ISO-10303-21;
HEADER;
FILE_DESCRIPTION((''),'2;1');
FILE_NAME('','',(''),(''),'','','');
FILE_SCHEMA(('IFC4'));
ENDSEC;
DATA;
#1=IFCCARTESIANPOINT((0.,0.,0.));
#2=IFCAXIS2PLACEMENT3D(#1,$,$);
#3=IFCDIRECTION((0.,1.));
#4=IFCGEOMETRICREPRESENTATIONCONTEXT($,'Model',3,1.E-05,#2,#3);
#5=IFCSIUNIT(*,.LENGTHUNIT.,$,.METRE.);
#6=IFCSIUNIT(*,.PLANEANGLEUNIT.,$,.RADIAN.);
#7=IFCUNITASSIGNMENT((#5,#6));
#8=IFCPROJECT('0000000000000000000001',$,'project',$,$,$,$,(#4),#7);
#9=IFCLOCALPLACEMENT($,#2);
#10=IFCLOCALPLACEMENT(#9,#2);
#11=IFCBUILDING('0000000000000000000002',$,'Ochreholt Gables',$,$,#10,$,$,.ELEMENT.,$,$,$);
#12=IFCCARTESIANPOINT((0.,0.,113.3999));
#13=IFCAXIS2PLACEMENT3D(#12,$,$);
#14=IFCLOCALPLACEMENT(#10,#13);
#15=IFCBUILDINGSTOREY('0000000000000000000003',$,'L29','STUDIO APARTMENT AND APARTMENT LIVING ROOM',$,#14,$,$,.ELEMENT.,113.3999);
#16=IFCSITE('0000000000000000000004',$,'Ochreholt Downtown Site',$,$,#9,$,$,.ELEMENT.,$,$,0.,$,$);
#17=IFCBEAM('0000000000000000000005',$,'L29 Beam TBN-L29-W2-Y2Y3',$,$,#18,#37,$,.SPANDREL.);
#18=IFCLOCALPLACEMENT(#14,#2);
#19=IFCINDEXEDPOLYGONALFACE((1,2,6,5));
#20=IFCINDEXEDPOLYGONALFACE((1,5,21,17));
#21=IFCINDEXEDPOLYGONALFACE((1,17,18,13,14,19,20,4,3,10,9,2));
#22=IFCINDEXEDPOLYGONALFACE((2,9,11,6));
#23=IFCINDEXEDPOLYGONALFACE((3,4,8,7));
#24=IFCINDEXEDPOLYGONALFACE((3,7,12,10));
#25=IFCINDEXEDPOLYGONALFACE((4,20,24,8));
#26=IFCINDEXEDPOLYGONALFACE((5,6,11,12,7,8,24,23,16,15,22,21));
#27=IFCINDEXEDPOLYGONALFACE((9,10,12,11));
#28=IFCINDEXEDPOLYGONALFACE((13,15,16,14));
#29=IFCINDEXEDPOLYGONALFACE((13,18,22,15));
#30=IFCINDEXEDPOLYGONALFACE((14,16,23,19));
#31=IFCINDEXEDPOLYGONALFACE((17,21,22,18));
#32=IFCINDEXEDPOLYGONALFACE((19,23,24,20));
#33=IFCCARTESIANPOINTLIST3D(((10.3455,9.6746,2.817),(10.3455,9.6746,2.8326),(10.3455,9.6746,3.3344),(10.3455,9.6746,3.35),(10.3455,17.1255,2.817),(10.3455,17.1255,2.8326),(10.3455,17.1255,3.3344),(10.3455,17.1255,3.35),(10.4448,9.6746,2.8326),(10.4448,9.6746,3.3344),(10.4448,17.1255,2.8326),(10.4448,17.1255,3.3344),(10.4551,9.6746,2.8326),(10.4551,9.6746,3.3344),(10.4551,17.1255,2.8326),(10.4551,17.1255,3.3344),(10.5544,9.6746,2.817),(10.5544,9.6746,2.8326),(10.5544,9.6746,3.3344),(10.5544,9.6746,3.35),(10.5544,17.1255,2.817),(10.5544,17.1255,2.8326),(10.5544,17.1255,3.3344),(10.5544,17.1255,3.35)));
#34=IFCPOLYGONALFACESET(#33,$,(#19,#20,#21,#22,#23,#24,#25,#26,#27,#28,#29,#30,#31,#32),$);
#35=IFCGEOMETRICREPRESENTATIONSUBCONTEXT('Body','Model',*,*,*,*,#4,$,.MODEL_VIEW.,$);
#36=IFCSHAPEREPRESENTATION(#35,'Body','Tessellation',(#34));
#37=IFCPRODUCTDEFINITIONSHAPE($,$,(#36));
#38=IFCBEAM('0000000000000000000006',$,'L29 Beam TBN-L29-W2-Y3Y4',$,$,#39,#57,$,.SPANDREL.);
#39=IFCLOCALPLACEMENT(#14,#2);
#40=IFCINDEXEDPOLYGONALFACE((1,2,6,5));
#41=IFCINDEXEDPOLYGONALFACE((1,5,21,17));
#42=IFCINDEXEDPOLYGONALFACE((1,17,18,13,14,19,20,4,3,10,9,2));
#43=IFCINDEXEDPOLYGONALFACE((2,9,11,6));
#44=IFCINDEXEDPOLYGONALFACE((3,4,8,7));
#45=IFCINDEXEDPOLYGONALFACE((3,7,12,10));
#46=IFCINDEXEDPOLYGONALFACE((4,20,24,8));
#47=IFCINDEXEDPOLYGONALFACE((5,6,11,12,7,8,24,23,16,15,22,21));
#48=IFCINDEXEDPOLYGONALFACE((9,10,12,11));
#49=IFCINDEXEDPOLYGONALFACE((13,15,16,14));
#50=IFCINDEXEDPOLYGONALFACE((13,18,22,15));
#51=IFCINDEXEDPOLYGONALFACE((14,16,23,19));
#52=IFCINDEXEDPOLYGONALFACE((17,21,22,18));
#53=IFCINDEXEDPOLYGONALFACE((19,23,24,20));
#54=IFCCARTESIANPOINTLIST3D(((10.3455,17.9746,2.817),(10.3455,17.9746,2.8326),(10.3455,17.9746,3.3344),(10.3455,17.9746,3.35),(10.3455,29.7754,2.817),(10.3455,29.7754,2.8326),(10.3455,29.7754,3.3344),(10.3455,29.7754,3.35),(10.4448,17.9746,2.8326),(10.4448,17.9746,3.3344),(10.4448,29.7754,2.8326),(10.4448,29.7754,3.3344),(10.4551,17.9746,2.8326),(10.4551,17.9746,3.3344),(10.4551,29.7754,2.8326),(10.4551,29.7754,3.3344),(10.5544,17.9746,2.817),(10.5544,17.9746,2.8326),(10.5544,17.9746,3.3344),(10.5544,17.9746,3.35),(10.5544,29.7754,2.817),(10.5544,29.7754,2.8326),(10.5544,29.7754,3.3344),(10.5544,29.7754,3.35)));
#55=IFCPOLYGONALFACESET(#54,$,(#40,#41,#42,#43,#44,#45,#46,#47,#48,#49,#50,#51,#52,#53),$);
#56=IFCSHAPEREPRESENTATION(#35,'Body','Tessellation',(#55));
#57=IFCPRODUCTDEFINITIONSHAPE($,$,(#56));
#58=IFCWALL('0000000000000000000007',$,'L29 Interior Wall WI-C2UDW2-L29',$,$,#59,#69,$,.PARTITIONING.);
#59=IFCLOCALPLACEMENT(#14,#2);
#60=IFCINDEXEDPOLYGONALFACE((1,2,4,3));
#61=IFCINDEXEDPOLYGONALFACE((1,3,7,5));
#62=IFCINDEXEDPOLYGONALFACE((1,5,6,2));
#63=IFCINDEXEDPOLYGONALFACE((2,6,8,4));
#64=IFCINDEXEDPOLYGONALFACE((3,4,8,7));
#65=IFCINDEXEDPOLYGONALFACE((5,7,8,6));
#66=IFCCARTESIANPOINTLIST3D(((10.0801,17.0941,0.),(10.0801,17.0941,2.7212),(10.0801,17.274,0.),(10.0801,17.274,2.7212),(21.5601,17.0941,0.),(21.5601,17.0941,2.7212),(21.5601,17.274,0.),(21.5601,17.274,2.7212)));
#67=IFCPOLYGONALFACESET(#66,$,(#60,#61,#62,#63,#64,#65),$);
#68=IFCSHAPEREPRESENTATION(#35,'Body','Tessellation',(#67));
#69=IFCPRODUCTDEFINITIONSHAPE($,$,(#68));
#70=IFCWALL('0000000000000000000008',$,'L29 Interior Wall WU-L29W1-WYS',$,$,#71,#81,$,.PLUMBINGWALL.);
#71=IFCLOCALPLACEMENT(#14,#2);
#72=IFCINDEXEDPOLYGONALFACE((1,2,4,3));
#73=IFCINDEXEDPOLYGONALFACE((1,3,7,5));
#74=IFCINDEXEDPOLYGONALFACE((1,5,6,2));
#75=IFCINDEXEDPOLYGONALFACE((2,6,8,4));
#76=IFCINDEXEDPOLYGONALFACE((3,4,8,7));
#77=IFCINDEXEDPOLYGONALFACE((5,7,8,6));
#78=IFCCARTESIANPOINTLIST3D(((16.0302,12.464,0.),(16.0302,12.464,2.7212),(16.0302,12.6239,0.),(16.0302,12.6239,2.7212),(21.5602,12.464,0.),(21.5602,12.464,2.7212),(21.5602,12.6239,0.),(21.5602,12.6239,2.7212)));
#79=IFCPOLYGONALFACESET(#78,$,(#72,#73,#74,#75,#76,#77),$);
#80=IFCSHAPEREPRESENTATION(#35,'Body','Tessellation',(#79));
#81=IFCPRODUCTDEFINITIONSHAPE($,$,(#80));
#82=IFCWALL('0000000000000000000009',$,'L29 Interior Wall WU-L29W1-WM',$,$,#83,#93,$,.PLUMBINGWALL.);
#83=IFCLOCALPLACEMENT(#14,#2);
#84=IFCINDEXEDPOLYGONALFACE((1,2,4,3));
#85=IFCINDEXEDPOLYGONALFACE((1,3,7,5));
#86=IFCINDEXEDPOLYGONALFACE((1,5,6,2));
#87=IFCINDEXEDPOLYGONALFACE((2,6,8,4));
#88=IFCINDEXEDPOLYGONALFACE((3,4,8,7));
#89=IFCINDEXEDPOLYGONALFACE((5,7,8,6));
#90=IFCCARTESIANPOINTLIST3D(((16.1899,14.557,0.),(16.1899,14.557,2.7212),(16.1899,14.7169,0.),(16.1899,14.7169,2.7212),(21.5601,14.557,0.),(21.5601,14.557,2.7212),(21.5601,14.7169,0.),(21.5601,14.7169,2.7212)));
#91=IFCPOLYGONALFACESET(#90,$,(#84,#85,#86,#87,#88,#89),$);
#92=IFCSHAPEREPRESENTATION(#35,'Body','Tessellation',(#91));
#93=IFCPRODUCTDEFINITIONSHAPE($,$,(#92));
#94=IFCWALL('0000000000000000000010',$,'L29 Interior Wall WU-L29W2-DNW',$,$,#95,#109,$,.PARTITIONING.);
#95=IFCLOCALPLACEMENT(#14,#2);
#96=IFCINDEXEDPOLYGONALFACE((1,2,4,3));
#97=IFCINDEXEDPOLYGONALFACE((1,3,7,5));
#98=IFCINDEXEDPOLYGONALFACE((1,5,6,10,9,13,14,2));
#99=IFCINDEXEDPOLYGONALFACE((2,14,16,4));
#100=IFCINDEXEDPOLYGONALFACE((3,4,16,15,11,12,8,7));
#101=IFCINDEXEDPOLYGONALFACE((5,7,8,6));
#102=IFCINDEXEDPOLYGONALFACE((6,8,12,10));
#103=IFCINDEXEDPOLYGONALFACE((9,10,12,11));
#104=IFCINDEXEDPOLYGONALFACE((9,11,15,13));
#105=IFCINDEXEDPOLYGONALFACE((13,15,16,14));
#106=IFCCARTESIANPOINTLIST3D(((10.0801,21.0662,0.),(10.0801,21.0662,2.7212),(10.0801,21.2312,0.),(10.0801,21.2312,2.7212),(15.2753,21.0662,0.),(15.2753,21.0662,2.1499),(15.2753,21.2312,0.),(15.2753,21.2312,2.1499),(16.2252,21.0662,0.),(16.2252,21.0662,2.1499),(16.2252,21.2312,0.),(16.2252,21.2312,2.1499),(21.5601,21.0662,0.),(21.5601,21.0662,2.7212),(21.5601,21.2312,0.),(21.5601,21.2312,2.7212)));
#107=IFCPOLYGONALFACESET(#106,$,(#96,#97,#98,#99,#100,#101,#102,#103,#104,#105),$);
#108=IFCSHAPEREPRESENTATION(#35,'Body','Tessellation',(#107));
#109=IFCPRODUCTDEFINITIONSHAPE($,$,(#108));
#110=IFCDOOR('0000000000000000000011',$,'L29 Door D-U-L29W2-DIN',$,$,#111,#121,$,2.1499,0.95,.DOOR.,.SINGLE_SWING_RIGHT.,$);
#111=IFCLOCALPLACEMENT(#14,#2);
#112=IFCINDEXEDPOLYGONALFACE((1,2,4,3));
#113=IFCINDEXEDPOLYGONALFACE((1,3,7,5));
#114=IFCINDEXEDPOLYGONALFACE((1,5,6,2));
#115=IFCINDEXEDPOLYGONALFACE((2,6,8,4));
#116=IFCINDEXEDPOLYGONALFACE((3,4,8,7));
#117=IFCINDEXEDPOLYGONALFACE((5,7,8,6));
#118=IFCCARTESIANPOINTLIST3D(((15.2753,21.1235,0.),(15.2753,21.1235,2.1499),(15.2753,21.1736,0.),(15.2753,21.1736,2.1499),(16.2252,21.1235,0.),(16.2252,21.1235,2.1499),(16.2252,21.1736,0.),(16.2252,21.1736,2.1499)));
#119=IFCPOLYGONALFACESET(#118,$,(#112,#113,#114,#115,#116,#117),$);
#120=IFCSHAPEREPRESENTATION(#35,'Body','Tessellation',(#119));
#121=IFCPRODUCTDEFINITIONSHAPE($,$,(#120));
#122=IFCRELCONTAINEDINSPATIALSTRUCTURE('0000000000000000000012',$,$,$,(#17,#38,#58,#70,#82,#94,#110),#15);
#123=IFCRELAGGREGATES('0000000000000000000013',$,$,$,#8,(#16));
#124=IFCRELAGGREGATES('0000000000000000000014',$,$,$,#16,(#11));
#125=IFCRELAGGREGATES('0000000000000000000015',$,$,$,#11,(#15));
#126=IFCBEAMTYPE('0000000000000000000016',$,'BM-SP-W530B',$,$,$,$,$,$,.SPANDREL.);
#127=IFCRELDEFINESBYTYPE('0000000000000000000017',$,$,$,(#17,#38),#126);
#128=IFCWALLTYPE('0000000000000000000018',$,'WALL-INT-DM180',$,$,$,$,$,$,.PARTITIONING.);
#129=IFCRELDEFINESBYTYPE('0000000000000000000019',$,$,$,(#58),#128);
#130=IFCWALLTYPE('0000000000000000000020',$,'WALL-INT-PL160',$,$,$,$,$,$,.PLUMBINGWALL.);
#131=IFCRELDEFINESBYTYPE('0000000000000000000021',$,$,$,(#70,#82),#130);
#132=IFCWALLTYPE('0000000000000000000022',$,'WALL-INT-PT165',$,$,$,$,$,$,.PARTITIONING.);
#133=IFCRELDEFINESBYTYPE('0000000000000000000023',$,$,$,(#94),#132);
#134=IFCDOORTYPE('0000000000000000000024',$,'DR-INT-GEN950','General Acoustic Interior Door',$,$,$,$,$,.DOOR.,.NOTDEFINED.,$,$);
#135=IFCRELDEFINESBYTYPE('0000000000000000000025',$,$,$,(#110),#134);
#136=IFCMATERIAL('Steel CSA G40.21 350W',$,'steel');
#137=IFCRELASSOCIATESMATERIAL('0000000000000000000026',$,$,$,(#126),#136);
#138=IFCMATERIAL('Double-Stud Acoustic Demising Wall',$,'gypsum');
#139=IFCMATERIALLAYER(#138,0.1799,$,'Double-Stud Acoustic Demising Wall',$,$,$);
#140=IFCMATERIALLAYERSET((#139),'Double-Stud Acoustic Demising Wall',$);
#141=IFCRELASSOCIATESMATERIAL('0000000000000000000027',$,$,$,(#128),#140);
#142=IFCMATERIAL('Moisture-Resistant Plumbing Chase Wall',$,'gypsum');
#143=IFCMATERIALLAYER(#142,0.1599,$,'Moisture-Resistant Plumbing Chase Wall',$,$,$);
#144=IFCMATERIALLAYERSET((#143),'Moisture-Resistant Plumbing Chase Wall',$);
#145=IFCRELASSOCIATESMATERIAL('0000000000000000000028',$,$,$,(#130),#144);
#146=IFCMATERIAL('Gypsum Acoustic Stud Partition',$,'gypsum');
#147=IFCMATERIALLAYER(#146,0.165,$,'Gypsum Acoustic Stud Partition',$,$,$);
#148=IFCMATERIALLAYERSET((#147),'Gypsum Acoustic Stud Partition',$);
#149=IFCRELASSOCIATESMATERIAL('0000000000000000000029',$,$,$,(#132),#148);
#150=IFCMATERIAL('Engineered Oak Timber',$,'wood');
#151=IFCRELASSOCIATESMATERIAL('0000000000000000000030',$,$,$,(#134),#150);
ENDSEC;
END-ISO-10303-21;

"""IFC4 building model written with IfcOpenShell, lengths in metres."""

from ifc_helpers import new_model, si_unit, direction, frame, frame_2d, origin, origin_2d, place, context, subcontext, project, spatial, rectangle, i_section, extrude, material, layer, layer_set, material_profile, profile_set, type_object, element, fill, save


model = new_model("IFC4")

# Units and contexts
model_context = context("Model", 3, precision=1e-05, world=origin(), true_north=direction((0.0, 1.0)))
body_context = subcontext(model_context, "Body", "Model", "MODEL_VIEW")
ifc_project = project(units=[si_unit("LENGTHUNIT", "METRE"), si_unit("PLANEANGLEUNIT", "RADIAN")], contexts=[model_context])

# Site, building, storey
site_placement = place(None, origin())
site = spatial("IfcSite", under=ifc_project, at=site_placement, Name="Ochreholt Downtown Site", CompositionType="ELEMENT", RefElevation=0.0)
building_placement = place(site_placement, origin())
building = spatial("IfcBuilding", under=site, at=building_placement, Name="Ochreholt Gables", CompositionType="ELEMENT")
storey_placement = place(building_placement, frame((0.0, 0.0, 113.3999)))
storey = spatial("IfcBuildingStorey", under=building, at=storey_placement, Name="L29", Description="STUDIO APARTMENT AND APARTMENT LIVING ROOM", CompositionType="ELEMENT", Elevation=113.3999)

# Beams
ifc_material_1 = material(Name="Steel CSA G40.21 350W", Category="steel")
ifc_material_profile_1 = material_profile(ifc_material_1, i_section(OverallWidth=0.209, OverallDepth=0.533, WebThickness=0.0103, FlangeThickness=0.0156, at=origin_2d()), Name="W530X92")
ifc_profile_set_1 = profile_set([ifc_material_profile_1], Name="Steel CSA G40.21 350W")
beam_type_1 = type_object("IfcBeamType", Name="BM-SP-W530B", PredefinedType="SPANDREL", material=ifc_profile_set_1)
beam_1_placement = place(storey_placement, frame((10.45, 9.6746, 3.0835), z_axis=(0.0, 1.0, 0.0), x_axis=(-1.0, 0.0, 0.0)))
element("IfcBeam", 1, at=beam_1_placement, inside=storey, type_object=beam_type_1, Name="L29 Beam TBN-L29-W2-Y2Y3", PredefinedType="SPANDREL", context=body_context, shape_type="SweptSolid", body=[
    extrude(i_section(OverallWidth=0.209, OverallDepth=0.533, WebThickness=0.0103, FlangeThickness=0.0156, at=origin_2d()), origin(), (0.0, 0.0, 1.0), 7.4509),
])
beam_2_placement = place(storey_placement, frame((10.45, 17.9746, 3.0835), z_axis=(0.0, 1.0, 0.0), x_axis=(-1.0, 0.0, 0.0)))
element("IfcBeam", 2, at=beam_2_placement, inside=storey, type_object=beam_type_1, Name="L29 Beam TBN-L29-W2-Y3Y4", PredefinedType="SPANDREL", context=body_context, shape_type="SweptSolid", body=[
    extrude(i_section(OverallWidth=0.209, OverallDepth=0.533, WebThickness=0.0103, FlangeThickness=0.0156, at=origin_2d()), origin(), (0.0, 0.0, 1.0), 11.8008),
])

# Walls
ifc_material_2 = material(Name="Double-Stud Acoustic Demising Wall", Category="gypsum")
ifc_layer_1 = layer(ifc_material_2, 0.1799, Name="Double-Stud Acoustic Demising Wall")
ifc_layer_set_1 = layer_set([ifc_layer_1], Name="Double-Stud Acoustic Demising Wall")
wall_type_1 = type_object("IfcWallType", Name="WALL-INT-DM180", PredefinedType="PARTITIONING", material=ifc_layer_set_1)
wall_1_placement = place(storey_placement, frame((10.0801, 17.1841, 0.0), z_axis=(0.0, 0.0, 1.0), x_axis=(1.0, 0.0, 0.0)))
element("IfcWall", 3, at=wall_1_placement, inside=storey, type_object=wall_type_1, Name="L29 Interior Wall WI-C2UDW2-L29", PredefinedType="PARTITIONING", context=body_context, shape_type="SweptSolid", body=[
    extrude(rectangle(XDim=11.48, YDim=0.1799, at=frame_2d((5.74, 0.0))), origin(), (0.0, 0.0, 1.0), 2.7212),
])
ifc_material_3 = material(Name="Moisture-Resistant Plumbing Chase Wall", Category="gypsum")
ifc_layer_2 = layer(ifc_material_3, 0.1599, Name="Moisture-Resistant Plumbing Chase Wall")
ifc_layer_set_2 = layer_set([ifc_layer_2], Name="Moisture-Resistant Plumbing Chase Wall")
wall_type_2 = type_object("IfcWallType", Name="WALL-INT-PL160", PredefinedType="PLUMBINGWALL", material=ifc_layer_set_2)
wall_2_placement = place(storey_placement, frame((16.03, 12.5439, 0.0), z_axis=(0.0, 0.0, 1.0), x_axis=(1.0, 0.0, 0.0)))
element("IfcWall", 4, at=wall_2_placement, inside=storey, type_object=wall_type_2, Name="L29 Interior Wall WU-L29W1-WYS", PredefinedType="PLUMBINGWALL", context=body_context, shape_type="SweptSolid", body=[
    extrude(rectangle(XDim=5.53, YDim=0.1599, at=frame_2d((2.7651, 0.0))), origin(), (0.0, 0.0, 1.0), 2.7212),
])

# Shared definitions
ifc_material_4 = material(Name="Engineered Oak Timber", Category="wood")

# Wall
wall_3_placement = place(storey_placement, frame((16.1899, 14.637, 0.0), z_axis=(0.0, 0.0, 1.0), x_axis=(1.0, 0.0, 0.0)))
element("IfcWall", 5, at=wall_3_placement, inside=storey, type_object=wall_type_2, Name="L29 Interior Wall WU-L29W1-WM", PredefinedType="PLUMBINGWALL", context=body_context, shape_type="SweptSolid", body=[
    extrude(rectangle(XDim=5.3701, YDim=0.1599, at=frame_2d((2.6851, 0.0))), origin(), (0.0, 0.0, 1.0), 2.7212),
])

# Wall, opening, door
ifc_material_5 = material(Name="Gypsum Acoustic Stud Partition", Category="gypsum")
ifc_layer_3 = layer(ifc_material_5, 0.165, Name="Gypsum Acoustic Stud Partition")
ifc_layer_set_3 = layer_set([ifc_layer_3], Name="Gypsum Acoustic Stud Partition")
wall_type_3 = type_object("IfcWallType", Name="WALL-INT-PT165", PredefinedType="PARTITIONING", material=ifc_layer_set_3)
wall_4_placement = place(storey_placement, frame((10.0801, 21.1487, 0.0), z_axis=(0.0, 0.0, 1.0), x_axis=(1.0, 0.0, 0.0)))
wall_4 = element("IfcWall", 6, at=wall_4_placement, inside=storey, type_object=wall_type_3, Name="L29 Interior Wall WU-L29W2-DNW", PredefinedType="PARTITIONING", context=body_context, shape_type="SweptSolid", body=[
    extrude(rectangle(XDim=11.48, YDim=0.165, at=frame_2d((5.74, 0.0))), origin(), (0.0, 0.0, 1.0), 2.7212),
])
opening_1_placement = place(wall_4_placement, frame((5.1951, 0.0, 0.0)))
opening_1 = element("IfcOpeningElement", 7, at=opening_1_placement, cuts=wall_4, PredefinedType="OPENING", context=body_context, shape_type="SweptSolid", body=[
    extrude(rectangle(XDim=0.95, YDim=2.1499, at=frame_2d((0.4751, 1.075))), frame((0.0, 0.0925, 0.0), z_axis=(0.0, -1.0, 0.0), x_axis=(1.0, 0.0, 0.0)), (0.0, 0.0, 1.0), 0.1851),
])
door_type_1 = type_object("IfcDoorType", Name="DR-INT-GEN950", Description="General Acoustic Interior Door", OperationType="NOTDEFINED", PredefinedType="DOOR", material=ifc_material_4)
door_1_placement = place(opening_1_placement, origin())
door_1 = element("IfcDoor", 8, at=door_1_placement, inside=storey, type_object=door_type_1, Name="L29 Door D-U-L29W2-DIN", OperationType="SINGLE_SWING_RIGHT", OverallHeight=2.1499, OverallWidth=0.95, PredefinedType="DOOR", context=body_context, shape_type="SweptSolid", body=[
    extrude(rectangle(XDim=0.95, YDim=2.1499, at=frame_2d((0.4751, 1.075))), frame((0.0, 0.0249, 0.0), z_axis=(0.0, -1.0, 0.0), x_axis=(1.0, 0.0, 0.0)), (0.0, 0.0, 1.0), 0.05),
])
fill(opening_1, door_1)

save(model, "model.ifc")
